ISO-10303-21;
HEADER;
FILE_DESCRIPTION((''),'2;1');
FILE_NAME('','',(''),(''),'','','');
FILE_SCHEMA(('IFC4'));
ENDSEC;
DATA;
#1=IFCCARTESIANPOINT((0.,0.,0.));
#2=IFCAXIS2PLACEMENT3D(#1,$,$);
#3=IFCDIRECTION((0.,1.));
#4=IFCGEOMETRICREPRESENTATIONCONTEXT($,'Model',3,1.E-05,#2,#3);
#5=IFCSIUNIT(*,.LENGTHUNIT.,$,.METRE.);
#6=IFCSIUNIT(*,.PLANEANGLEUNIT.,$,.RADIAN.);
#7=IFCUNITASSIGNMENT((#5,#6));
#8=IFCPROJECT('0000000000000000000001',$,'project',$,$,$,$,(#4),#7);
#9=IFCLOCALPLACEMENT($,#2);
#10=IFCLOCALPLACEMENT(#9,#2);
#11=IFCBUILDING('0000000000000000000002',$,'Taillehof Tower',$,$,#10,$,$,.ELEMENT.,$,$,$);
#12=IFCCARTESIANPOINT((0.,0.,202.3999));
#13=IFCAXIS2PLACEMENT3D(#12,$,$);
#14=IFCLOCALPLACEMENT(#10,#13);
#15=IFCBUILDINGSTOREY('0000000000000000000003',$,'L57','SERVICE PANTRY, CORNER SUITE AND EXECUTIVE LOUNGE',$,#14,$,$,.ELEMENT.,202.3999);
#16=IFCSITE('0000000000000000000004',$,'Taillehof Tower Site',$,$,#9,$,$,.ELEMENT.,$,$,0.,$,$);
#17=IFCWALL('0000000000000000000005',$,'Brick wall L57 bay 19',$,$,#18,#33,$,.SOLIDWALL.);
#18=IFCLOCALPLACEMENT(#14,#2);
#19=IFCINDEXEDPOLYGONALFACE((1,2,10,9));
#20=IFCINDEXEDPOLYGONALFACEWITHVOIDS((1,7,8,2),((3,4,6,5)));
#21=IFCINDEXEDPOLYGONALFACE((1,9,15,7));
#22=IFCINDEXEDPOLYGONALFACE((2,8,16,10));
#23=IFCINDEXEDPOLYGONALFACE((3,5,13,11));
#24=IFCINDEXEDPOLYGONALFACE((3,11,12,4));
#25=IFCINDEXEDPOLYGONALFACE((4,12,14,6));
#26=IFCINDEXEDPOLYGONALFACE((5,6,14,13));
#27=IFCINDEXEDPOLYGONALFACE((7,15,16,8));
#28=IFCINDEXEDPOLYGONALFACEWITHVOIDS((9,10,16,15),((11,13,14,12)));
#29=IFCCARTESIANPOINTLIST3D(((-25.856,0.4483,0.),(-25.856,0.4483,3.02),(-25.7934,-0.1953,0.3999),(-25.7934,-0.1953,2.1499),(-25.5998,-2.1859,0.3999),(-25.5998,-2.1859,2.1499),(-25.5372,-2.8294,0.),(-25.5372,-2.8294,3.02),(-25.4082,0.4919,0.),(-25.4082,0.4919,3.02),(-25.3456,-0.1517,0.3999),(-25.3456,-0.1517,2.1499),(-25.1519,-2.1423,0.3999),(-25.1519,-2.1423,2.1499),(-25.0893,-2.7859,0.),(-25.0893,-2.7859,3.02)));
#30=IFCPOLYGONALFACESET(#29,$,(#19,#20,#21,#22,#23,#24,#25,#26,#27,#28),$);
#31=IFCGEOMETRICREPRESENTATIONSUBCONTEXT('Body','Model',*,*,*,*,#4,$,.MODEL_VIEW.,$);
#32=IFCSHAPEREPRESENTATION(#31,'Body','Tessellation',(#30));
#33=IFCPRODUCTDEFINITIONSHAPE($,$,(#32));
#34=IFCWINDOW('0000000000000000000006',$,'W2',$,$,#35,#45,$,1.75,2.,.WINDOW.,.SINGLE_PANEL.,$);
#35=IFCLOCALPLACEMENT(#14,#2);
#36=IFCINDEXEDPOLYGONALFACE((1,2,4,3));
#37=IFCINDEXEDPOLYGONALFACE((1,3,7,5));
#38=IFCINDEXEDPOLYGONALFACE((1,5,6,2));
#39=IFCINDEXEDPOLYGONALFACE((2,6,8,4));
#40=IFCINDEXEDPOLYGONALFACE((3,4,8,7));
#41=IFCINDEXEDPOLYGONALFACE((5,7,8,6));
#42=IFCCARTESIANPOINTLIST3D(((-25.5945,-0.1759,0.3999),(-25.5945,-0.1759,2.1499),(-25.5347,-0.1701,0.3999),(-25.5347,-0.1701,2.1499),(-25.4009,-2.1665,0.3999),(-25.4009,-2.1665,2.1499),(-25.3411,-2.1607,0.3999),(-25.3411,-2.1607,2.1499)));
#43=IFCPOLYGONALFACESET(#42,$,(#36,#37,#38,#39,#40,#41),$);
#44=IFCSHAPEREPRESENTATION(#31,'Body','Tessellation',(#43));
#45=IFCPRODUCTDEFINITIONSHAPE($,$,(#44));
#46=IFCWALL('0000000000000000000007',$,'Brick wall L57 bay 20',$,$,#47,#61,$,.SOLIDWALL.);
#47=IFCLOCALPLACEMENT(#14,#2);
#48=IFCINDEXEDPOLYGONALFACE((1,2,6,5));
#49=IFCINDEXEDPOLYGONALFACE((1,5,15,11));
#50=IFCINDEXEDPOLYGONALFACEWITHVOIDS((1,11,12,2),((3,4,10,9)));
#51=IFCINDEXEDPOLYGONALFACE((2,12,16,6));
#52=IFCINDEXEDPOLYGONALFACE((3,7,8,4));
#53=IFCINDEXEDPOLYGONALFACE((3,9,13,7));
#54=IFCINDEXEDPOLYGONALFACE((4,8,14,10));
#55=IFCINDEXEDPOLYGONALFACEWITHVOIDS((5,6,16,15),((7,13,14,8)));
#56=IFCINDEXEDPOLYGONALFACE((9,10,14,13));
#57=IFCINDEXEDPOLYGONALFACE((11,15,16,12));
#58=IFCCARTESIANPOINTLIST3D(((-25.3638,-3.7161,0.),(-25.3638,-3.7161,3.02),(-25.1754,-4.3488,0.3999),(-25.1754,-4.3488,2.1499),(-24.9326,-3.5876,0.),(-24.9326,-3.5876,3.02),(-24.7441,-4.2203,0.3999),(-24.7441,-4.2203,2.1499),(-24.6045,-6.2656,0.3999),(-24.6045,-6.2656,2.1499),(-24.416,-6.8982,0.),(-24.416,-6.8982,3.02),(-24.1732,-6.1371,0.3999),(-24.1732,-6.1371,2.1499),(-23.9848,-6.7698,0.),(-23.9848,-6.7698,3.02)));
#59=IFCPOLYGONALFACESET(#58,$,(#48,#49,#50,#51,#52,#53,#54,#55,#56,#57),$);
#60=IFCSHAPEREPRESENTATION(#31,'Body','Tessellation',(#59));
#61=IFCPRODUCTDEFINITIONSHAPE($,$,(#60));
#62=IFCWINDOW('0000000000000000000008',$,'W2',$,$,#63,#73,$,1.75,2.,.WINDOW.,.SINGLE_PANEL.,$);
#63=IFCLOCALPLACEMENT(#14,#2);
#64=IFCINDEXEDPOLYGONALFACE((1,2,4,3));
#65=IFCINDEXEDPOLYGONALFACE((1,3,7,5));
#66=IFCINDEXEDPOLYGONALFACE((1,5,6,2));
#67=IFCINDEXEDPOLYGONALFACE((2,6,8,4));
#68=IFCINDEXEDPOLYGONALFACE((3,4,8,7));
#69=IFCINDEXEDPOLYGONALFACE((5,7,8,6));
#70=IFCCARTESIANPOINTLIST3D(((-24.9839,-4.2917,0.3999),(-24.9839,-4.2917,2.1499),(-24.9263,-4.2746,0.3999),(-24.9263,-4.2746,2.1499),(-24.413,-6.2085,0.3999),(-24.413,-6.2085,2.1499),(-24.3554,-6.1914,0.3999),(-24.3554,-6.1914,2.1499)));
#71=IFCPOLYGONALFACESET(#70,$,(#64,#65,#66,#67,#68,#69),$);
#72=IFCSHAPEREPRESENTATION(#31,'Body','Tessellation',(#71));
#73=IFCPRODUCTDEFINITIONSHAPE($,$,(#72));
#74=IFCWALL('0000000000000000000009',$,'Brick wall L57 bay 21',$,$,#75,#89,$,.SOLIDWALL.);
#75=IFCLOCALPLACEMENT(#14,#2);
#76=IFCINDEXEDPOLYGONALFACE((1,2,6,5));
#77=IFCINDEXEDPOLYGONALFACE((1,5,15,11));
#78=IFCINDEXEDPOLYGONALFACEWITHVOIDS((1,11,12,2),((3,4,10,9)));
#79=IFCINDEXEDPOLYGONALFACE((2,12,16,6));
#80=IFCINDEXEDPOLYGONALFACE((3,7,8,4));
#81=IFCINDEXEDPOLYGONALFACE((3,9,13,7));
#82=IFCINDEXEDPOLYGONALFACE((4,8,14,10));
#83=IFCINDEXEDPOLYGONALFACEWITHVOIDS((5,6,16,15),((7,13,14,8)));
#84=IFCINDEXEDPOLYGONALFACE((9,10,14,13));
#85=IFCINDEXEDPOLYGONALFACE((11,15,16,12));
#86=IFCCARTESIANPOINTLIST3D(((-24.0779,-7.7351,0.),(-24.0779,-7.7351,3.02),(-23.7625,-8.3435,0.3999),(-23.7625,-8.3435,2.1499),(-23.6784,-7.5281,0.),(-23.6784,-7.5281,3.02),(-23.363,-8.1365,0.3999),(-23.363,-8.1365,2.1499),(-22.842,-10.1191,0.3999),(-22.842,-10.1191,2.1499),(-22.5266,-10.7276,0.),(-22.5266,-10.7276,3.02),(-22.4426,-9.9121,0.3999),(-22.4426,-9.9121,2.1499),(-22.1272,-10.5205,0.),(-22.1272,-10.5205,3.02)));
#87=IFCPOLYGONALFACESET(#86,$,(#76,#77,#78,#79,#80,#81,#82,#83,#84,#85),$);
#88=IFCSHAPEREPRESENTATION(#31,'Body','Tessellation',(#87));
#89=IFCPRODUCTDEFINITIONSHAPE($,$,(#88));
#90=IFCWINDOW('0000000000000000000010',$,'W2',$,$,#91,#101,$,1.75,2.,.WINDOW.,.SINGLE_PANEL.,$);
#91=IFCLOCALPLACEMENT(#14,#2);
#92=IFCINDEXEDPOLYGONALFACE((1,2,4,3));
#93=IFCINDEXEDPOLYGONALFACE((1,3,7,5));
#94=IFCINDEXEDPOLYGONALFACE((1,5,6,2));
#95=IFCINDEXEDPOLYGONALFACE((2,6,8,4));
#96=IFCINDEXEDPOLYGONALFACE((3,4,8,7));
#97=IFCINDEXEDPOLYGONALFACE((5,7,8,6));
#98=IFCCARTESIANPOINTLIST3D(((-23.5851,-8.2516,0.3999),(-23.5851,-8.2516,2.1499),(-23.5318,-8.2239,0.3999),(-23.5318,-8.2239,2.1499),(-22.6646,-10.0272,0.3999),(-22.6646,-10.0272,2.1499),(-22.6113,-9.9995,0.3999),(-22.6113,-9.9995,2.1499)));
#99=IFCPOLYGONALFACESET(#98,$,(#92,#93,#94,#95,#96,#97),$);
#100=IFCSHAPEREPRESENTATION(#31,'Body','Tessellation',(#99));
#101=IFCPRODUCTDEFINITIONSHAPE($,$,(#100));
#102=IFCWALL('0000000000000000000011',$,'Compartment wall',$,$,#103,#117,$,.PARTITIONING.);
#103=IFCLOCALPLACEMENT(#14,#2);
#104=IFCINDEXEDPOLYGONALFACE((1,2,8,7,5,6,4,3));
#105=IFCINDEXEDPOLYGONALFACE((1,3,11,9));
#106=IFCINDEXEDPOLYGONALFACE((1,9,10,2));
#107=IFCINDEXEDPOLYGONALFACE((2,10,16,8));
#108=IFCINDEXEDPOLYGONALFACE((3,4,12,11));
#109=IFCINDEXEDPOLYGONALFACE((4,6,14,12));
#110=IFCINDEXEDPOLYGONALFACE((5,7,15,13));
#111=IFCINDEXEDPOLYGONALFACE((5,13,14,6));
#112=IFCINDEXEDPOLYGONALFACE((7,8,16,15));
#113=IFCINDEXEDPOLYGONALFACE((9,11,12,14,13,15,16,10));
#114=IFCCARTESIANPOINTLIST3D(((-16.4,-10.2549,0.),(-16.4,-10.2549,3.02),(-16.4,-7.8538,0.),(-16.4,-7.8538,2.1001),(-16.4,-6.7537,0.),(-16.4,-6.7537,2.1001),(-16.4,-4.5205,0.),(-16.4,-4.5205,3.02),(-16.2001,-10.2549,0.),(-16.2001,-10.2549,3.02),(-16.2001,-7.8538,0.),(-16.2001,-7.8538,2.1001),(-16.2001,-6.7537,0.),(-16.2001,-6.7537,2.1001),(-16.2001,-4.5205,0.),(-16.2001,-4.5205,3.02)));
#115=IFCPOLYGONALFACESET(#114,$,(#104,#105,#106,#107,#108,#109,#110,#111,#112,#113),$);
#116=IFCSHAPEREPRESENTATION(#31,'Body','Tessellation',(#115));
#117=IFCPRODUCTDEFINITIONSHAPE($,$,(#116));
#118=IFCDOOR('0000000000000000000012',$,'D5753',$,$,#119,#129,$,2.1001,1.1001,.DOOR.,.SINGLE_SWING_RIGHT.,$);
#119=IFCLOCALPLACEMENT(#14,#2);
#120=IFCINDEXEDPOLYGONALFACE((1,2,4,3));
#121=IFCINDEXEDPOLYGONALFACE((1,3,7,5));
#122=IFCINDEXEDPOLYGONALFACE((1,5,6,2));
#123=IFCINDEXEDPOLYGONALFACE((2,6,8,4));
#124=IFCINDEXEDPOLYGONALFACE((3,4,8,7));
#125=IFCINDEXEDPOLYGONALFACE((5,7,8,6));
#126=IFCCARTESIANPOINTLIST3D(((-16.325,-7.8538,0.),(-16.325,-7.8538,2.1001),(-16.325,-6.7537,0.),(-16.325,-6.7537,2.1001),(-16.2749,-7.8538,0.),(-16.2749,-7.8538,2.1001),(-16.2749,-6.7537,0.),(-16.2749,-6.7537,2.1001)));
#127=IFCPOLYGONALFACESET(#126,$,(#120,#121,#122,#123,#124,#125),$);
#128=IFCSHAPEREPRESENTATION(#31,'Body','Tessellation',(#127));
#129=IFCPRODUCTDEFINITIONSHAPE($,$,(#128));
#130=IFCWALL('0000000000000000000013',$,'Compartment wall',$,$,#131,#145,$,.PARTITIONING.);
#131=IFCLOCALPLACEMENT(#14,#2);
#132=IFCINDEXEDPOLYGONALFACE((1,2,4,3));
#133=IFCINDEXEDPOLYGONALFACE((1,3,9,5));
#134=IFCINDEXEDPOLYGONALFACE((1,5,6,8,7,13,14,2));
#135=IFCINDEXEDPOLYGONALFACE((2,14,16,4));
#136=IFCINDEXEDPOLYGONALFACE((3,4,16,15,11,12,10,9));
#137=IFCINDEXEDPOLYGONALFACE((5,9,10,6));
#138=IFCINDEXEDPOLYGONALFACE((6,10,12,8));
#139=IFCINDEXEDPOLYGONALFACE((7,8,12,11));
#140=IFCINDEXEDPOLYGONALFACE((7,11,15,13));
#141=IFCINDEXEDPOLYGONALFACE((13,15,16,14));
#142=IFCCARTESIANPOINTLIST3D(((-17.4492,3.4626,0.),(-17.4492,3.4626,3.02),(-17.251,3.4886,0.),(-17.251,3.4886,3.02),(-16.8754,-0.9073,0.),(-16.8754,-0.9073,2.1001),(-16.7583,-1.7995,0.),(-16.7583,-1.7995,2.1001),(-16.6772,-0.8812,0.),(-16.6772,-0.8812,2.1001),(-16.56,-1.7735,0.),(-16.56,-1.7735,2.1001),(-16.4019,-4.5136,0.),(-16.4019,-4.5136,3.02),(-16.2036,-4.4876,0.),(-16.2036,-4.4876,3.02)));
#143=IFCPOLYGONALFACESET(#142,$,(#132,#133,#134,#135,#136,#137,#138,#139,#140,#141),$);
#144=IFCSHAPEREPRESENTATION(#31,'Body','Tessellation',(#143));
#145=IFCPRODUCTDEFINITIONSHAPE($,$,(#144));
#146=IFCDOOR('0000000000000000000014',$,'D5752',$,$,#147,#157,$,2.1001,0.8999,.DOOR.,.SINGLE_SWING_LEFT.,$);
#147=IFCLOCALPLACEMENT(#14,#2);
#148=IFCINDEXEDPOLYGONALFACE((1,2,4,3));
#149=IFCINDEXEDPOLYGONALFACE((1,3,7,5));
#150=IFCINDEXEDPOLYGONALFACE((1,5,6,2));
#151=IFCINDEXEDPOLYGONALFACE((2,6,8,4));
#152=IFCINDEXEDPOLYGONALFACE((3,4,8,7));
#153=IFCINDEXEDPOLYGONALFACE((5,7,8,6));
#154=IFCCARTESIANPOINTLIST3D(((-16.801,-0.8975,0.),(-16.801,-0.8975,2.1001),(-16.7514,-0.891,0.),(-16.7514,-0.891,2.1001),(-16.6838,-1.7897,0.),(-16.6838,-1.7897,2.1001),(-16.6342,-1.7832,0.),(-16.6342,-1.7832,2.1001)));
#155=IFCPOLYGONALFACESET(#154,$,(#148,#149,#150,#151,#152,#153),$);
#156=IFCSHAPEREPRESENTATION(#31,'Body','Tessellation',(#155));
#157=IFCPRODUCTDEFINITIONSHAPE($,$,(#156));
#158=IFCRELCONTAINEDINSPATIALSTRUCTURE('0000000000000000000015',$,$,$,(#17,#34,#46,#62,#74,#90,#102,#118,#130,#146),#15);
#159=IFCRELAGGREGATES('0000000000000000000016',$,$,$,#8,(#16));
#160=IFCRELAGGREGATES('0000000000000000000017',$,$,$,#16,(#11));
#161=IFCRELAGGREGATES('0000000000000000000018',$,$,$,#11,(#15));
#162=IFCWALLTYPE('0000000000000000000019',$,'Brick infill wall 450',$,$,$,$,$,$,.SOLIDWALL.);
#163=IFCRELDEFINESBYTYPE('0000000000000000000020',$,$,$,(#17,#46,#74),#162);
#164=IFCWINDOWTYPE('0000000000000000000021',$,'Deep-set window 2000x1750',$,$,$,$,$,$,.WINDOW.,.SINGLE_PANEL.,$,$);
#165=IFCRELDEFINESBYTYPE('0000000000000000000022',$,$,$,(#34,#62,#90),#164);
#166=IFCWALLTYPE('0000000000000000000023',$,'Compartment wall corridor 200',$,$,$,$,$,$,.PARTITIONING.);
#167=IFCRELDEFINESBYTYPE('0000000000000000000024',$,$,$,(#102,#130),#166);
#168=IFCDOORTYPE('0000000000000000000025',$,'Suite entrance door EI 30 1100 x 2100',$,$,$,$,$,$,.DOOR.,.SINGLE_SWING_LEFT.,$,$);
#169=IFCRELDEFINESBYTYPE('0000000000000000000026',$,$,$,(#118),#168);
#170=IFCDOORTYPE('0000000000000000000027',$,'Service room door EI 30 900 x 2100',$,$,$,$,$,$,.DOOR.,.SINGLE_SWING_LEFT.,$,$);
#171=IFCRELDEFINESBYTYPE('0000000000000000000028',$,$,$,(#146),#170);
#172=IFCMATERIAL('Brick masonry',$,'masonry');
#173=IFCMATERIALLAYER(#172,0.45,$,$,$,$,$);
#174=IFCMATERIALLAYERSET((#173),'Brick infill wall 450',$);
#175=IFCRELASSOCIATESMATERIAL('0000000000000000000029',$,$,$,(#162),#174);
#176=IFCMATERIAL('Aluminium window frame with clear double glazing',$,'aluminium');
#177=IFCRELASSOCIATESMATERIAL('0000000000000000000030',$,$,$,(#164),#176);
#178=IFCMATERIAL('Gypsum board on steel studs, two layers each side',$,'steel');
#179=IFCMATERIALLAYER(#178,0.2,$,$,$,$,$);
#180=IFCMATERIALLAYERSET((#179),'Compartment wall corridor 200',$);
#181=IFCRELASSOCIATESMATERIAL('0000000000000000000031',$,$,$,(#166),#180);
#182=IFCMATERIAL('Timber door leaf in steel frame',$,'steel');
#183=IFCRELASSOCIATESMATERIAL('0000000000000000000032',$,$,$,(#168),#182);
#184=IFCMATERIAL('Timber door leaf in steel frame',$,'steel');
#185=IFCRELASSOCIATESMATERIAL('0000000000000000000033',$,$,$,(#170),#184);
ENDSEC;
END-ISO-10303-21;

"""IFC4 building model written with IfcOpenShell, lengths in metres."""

from ifc_helpers import new_model, si_unit, direction, frame, frame_2d, origin, place, context, subcontext, project, spatial, rectangle, extrude, material, layer, layer_set, type_object, element, fill, save


model = new_model("IFC4")

# Units and contexts
model_context = context("Model", 3, precision=1e-05, world=origin(), true_north=direction((0.0, 1.0)))
body_context = subcontext(model_context, "Body", "Model", "MODEL_VIEW")
ifc_project = project(units=[si_unit("LENGTHUNIT", "METRE"), si_unit("PLANEANGLEUNIT", "RADIAN")], contexts=[model_context])

# Site, building, storey
site_placement = place(None, origin())
site = spatial("IfcSite", under=ifc_project, at=site_placement, Name="Taillehof Tower Site", CompositionType="ELEMENT", RefElevation=0.0)
building_placement = place(site_placement, origin())
building = spatial("IfcBuilding", under=site, at=building_placement, Name="Taillehof Tower", CompositionType="ELEMENT")
storey_placement = place(building_placement, frame((0.0, 0.0, 202.3999)))
storey = spatial("IfcBuildingStorey", under=building, at=storey_placement, Name="L57", Description="SERVICE PANTRY, CORNER SUITE AND EXECUTIVE LOUNGE", CompositionType="ELEMENT", Elevation=202.3999)

# Walls, openings, windows
ifc_material_1 = material(Name="Brick masonry", Category="masonry")
ifc_layer_1 = layer(ifc_material_1, 0.45)
ifc_layer_set_1 = layer_set([ifc_layer_1], Name="Brick infill wall 450")
wall_type_1 = type_object("IfcWallType", Name="Brick infill wall 450", PredefinedType="SOLIDWALL", material=ifc_layer_set_1)
wall_1_placement = place(storey_placement, frame((-25.6321, 0.47, 0.0), z_axis=(0.0, 0.0, 1.0), x_axis=(0.096817, -0.995302, 0.0)))
wall_1 = element("IfcWall", 1, at=wall_1_placement, inside=storey, type_object=wall_type_1, Name="Brick wall L57 bay 19", PredefinedType="SOLIDWALL", context=body_context, shape_type="SweptSolid", body=[
    extrude(rectangle(XDim=3.2932, YDim=0.45, at=frame_2d((1.6465, 0.0))), origin(), (0.0, 0.0, 1.0), 3.02),
])
opening_1_placement = place(wall_1_placement, frame((0.6465, 0.0, 0.3999)))
opening_1 = element("IfcOpeningElement", 2, at=opening_1_placement, cuts=wall_1, PredefinedType="OPENING", context=body_context, shape_type="SweptSolid", body=[
    extrude(rectangle(XDim=2.0, YDim=1.75, at=frame_2d((1.0, 0.875))), frame((0.0, 0.2349, 0.0), z_axis=(0.0, -1.0, 0.0), x_axis=(1.0, 0.0, 0.0)), (0.0, 0.0, 1.0), 0.47),
])
ifc_material_2 = material(Name="Aluminium window frame with clear double glazing", Category="aluminium")
window_type = type_object("IfcWindowType", Name="Deep-set window 2000x1750", PartitioningType="SINGLE_PANEL", PredefinedType="WINDOW", material=ifc_material_2)
window_1_placement = place(opening_1_placement, origin())
window_1 = element("IfcWindow", 3, at=window_1_placement, inside=storey, type_object=window_type, Name="W2", OverallHeight=1.75, OverallWidth=2.0, PartitioningType="SINGLE_PANEL", PredefinedType="WINDOW", context=body_context, shape_type="SweptSolid", body=[
    extrude(rectangle(XDim=2.0, YDim=1.75, at=frame_2d((1.0, 0.875))), frame((0.0, 0.0349, 0.0), z_axis=(0.0, -1.0, 0.0), x_axis=(1.0, 0.0, 0.0)), (0.0, 0.0, 1.0), 0.0601),
])
fill(opening_1, window_1)
wall_2_placement = place(storey_placement, frame((-25.1482, -3.6519, 0.0), z_axis=(0.0, 0.0, 1.0), x_axis=(0.285445, -0.958395, 0.0)))
wall_2 = element("IfcWall", 4, at=wall_2_placement, inside=storey, type_object=wall_type_1, Name="Brick wall L57 bay 20", PredefinedType="SOLIDWALL", context=body_context, shape_type="SweptSolid", body=[
    extrude(rectangle(XDim=3.3203, YDim=0.45, at=frame_2d((1.6602, 0.0))), origin(), (0.0, 0.0, 1.0), 3.02),
])
opening_2_placement = place(wall_2_placement, frame((0.6602, 0.0, 0.3999)))
opening_2 = element("IfcOpeningElement", 5, at=opening_2_placement, cuts=wall_2, PredefinedType="OPENING", context=body_context, shape_type="SweptSolid", body=[
    extrude(rectangle(XDim=2.0, YDim=1.75, at=frame_2d((1.0, 0.875))), frame((0.0, 0.2349, 0.0), z_axis=(0.0, -1.0, 0.0), x_axis=(1.0, 0.0, 0.0)), (0.0, 0.0, 1.0), 0.47),
])
window_2_placement = place(opening_2_placement, origin())
window_2 = element("IfcWindow", 6, at=window_2_placement, inside=storey, type_object=window_type, Name="W2", OverallHeight=1.75, OverallWidth=2.0, PartitioningType="SINGLE_PANEL", PredefinedType="WINDOW", context=body_context, shape_type="SweptSolid", body=[
    extrude(rectangle(XDim=2.0, YDim=1.75, at=frame_2d((1.0, 0.875))), frame((0.0, 0.0349, 0.0), z_axis=(0.0, -1.0, 0.0), x_axis=(1.0, 0.0, 0.0)), (0.0, 0.0, 1.0), 0.0601),
])
fill(opening_2, window_2)
wall_3_placement = place(storey_placement, frame((-23.8782, -7.6316, 0.0), z_axis=(0.0, 0.0, 1.0), x_axis=(0.460233, -0.887798, 0.0)))
wall_3 = element("IfcWall", 7, at=wall_3_placement, inside=storey, type_object=wall_type_1, Name="Brick wall L57 bay 21", PredefinedType="SOLIDWALL", context=body_context, shape_type="SweptSolid", body=[
    extrude(rectangle(XDim=3.3706, YDim=0.45, at=frame_2d((1.6853, 0.0))), origin(), (0.0, 0.0, 1.0), 3.02),
])
opening_3_placement = place(wall_3_placement, frame((0.6853, 0.0, 0.3999)))
opening_3 = element("IfcOpeningElement", 8, at=opening_3_placement, cuts=wall_3, PredefinedType="OPENING", context=body_context, shape_type="SweptSolid", body=[
    extrude(rectangle(XDim=2.0, YDim=1.75, at=frame_2d((1.0, 0.875))), frame((0.0, 0.2349, 0.0), z_axis=(0.0, -1.0, 0.0), x_axis=(1.0, 0.0, 0.0)), (0.0, 0.0, 1.0), 0.47),
])
window_3_placement = place(opening_3_placement, origin())
window_3 = element("IfcWindow", 9, at=window_3_placement, inside=storey, type_object=window_type, Name="W2", OverallHeight=1.75, OverallWidth=2.0, PartitioningType="SINGLE_PANEL", PredefinedType="WINDOW", context=body_context, shape_type="SweptSolid", body=[
    extrude(rectangle(XDim=2.0, YDim=1.75, at=frame_2d((1.0, 0.875))), frame((0.0, 0.0349, 0.0), z_axis=(0.0, -1.0, 0.0), x_axis=(1.0, 0.0, 0.0)), (0.0, 0.0, 1.0), 0.0601),
])
fill(opening_3, window_3)

# Walls, openings, doors
ifc_material_3 = material(Name="Gypsum board on steel studs, two layers each side", Category="steel")
ifc_layer_2 = layer(ifc_material_3, 0.2)
ifc_layer_set_2 = layer_set([ifc_layer_2], Name="Compartment wall corridor 200")
wall_type_2 = type_object("IfcWallType", Name="Compartment wall corridor 200", PredefinedType="PARTITIONING", material=ifc_layer_set_2)
wall_4_placement = place(storey_placement, frame((-16.3, -10.2549, 0.0), z_axis=(0.0, 0.0, 1.0), x_axis=(0.0, 1.0, 0.0)))
wall_4 = element("IfcWall", 10, at=wall_4_placement, inside=storey, type_object=wall_type_2, Name="Compartment wall", PredefinedType="PARTITIONING", context=body_context, shape_type="SweptSolid", body=[
    extrude(rectangle(XDim=5.7344, YDim=0.2, at=frame_2d((2.8672, 0.0))), origin(), (0.0, 0.0, 1.0), 3.02),
])
opening_4_placement = place(wall_4_placement, frame((2.4011, 0.0, 0.0)))
opening_4 = element("IfcOpeningElement", 11, at=opening_4_placement, cuts=wall_4, PredefinedType="OPENING", context=body_context, shape_type="SweptSolid", body=[
    extrude(rectangle(XDim=1.1001, YDim=2.1001, at=frame_2d((0.55, 1.05))), frame((0.0, 0.1099, 0.0), z_axis=(0.0, -1.0, 0.0), x_axis=(1.0, 0.0, 0.0)), (0.0, 0.0, 1.0), 0.22),
])
ifc_material_4 = material(Name="Timber door leaf in steel frame", Category="steel")
door_type_1 = type_object("IfcDoorType", Name="Suite entrance door EI 30 1100 x 2100", OperationType="SINGLE_SWING_LEFT", PredefinedType="DOOR", material=ifc_material_4)
door_1_placement = place(opening_4_placement, origin())
door_1 = element("IfcDoor", 12, at=door_1_placement, inside=storey, type_object=door_type_1, Name="D5753", OperationType="SINGLE_SWING_RIGHT", OverallHeight=2.1001, OverallWidth=1.1001, PredefinedType="DOOR", context=body_context, shape_type="SweptSolid", body=[
    extrude(rectangle(XDim=1.1001, YDim=2.1001, at=frame_2d((0.55, 1.05))), frame((0.0, 0.0249, 0.0), z_axis=(0.0, -1.0, 0.0), x_axis=(1.0, 0.0, 0.0)), (0.0, 0.0, 1.0), 0.05),
])
fill(opening_4, door_1)
wall_5_placement = place(storey_placement, frame((-16.3027, -4.5007, 0.0), z_axis=(0.0, 0.0, 1.0), x_axis=(-0.130192, 0.991489, 0.0)))
wall_5 = element("IfcWall", 13, at=wall_5_placement, inside=storey, type_object=wall_type_2, Name="Compartment wall", PredefinedType="PARTITIONING", context=body_context, shape_type="SweptSolid", body=[
    extrude(rectangle(XDim=8.0447, YDim=0.2, at=frame_2d((4.0225, 0.0))), origin(), (0.0, 0.0, 1.0), 3.02),
])
opening_5_placement = place(wall_5_placement, frame((2.7375, 0.0, 0.0)))
opening_5 = element("IfcOpeningElement", 14, at=opening_5_placement, cuts=wall_5, PredefinedType="OPENING", context=body_context, shape_type="SweptSolid", body=[
    extrude(rectangle(XDim=0.8999, YDim=2.1001, at=frame_2d((0.45, 1.05))), frame((0.0, 0.1099, 0.0), z_axis=(0.0, -1.0, 0.0), x_axis=(1.0, 0.0, 0.0)), (0.0, 0.0, 1.0), 0.22),
])
ifc_material_5 = material(Name="Timber door leaf in steel frame", Category="steel")
door_type_2 = type_object("IfcDoorType", Name="Service room door EI 30 900 x 2100", OperationType="SINGLE_SWING_LEFT", PredefinedType="DOOR", material=ifc_material_5)
door_2_placement = place(opening_5_placement, origin())
door_2 = element("IfcDoor", 15, at=door_2_placement, inside=storey, type_object=door_type_2, Name="D5752", OperationType="SINGLE_SWING_LEFT", OverallHeight=2.1001, OverallWidth=0.8999, PredefinedType="DOOR", context=body_context, shape_type="SweptSolid", body=[
    extrude(rectangle(XDim=0.8999, YDim=2.1001, at=frame_2d((0.45, 1.05))), frame((0.0, 0.0249, 0.0), z_axis=(0.0, -1.0, 0.0), x_axis=(1.0, 0.0, 0.0)), (0.0, 0.0, 1.0), 0.05),
])
fill(opening_5, door_2)

save(model, "model.ifc")
